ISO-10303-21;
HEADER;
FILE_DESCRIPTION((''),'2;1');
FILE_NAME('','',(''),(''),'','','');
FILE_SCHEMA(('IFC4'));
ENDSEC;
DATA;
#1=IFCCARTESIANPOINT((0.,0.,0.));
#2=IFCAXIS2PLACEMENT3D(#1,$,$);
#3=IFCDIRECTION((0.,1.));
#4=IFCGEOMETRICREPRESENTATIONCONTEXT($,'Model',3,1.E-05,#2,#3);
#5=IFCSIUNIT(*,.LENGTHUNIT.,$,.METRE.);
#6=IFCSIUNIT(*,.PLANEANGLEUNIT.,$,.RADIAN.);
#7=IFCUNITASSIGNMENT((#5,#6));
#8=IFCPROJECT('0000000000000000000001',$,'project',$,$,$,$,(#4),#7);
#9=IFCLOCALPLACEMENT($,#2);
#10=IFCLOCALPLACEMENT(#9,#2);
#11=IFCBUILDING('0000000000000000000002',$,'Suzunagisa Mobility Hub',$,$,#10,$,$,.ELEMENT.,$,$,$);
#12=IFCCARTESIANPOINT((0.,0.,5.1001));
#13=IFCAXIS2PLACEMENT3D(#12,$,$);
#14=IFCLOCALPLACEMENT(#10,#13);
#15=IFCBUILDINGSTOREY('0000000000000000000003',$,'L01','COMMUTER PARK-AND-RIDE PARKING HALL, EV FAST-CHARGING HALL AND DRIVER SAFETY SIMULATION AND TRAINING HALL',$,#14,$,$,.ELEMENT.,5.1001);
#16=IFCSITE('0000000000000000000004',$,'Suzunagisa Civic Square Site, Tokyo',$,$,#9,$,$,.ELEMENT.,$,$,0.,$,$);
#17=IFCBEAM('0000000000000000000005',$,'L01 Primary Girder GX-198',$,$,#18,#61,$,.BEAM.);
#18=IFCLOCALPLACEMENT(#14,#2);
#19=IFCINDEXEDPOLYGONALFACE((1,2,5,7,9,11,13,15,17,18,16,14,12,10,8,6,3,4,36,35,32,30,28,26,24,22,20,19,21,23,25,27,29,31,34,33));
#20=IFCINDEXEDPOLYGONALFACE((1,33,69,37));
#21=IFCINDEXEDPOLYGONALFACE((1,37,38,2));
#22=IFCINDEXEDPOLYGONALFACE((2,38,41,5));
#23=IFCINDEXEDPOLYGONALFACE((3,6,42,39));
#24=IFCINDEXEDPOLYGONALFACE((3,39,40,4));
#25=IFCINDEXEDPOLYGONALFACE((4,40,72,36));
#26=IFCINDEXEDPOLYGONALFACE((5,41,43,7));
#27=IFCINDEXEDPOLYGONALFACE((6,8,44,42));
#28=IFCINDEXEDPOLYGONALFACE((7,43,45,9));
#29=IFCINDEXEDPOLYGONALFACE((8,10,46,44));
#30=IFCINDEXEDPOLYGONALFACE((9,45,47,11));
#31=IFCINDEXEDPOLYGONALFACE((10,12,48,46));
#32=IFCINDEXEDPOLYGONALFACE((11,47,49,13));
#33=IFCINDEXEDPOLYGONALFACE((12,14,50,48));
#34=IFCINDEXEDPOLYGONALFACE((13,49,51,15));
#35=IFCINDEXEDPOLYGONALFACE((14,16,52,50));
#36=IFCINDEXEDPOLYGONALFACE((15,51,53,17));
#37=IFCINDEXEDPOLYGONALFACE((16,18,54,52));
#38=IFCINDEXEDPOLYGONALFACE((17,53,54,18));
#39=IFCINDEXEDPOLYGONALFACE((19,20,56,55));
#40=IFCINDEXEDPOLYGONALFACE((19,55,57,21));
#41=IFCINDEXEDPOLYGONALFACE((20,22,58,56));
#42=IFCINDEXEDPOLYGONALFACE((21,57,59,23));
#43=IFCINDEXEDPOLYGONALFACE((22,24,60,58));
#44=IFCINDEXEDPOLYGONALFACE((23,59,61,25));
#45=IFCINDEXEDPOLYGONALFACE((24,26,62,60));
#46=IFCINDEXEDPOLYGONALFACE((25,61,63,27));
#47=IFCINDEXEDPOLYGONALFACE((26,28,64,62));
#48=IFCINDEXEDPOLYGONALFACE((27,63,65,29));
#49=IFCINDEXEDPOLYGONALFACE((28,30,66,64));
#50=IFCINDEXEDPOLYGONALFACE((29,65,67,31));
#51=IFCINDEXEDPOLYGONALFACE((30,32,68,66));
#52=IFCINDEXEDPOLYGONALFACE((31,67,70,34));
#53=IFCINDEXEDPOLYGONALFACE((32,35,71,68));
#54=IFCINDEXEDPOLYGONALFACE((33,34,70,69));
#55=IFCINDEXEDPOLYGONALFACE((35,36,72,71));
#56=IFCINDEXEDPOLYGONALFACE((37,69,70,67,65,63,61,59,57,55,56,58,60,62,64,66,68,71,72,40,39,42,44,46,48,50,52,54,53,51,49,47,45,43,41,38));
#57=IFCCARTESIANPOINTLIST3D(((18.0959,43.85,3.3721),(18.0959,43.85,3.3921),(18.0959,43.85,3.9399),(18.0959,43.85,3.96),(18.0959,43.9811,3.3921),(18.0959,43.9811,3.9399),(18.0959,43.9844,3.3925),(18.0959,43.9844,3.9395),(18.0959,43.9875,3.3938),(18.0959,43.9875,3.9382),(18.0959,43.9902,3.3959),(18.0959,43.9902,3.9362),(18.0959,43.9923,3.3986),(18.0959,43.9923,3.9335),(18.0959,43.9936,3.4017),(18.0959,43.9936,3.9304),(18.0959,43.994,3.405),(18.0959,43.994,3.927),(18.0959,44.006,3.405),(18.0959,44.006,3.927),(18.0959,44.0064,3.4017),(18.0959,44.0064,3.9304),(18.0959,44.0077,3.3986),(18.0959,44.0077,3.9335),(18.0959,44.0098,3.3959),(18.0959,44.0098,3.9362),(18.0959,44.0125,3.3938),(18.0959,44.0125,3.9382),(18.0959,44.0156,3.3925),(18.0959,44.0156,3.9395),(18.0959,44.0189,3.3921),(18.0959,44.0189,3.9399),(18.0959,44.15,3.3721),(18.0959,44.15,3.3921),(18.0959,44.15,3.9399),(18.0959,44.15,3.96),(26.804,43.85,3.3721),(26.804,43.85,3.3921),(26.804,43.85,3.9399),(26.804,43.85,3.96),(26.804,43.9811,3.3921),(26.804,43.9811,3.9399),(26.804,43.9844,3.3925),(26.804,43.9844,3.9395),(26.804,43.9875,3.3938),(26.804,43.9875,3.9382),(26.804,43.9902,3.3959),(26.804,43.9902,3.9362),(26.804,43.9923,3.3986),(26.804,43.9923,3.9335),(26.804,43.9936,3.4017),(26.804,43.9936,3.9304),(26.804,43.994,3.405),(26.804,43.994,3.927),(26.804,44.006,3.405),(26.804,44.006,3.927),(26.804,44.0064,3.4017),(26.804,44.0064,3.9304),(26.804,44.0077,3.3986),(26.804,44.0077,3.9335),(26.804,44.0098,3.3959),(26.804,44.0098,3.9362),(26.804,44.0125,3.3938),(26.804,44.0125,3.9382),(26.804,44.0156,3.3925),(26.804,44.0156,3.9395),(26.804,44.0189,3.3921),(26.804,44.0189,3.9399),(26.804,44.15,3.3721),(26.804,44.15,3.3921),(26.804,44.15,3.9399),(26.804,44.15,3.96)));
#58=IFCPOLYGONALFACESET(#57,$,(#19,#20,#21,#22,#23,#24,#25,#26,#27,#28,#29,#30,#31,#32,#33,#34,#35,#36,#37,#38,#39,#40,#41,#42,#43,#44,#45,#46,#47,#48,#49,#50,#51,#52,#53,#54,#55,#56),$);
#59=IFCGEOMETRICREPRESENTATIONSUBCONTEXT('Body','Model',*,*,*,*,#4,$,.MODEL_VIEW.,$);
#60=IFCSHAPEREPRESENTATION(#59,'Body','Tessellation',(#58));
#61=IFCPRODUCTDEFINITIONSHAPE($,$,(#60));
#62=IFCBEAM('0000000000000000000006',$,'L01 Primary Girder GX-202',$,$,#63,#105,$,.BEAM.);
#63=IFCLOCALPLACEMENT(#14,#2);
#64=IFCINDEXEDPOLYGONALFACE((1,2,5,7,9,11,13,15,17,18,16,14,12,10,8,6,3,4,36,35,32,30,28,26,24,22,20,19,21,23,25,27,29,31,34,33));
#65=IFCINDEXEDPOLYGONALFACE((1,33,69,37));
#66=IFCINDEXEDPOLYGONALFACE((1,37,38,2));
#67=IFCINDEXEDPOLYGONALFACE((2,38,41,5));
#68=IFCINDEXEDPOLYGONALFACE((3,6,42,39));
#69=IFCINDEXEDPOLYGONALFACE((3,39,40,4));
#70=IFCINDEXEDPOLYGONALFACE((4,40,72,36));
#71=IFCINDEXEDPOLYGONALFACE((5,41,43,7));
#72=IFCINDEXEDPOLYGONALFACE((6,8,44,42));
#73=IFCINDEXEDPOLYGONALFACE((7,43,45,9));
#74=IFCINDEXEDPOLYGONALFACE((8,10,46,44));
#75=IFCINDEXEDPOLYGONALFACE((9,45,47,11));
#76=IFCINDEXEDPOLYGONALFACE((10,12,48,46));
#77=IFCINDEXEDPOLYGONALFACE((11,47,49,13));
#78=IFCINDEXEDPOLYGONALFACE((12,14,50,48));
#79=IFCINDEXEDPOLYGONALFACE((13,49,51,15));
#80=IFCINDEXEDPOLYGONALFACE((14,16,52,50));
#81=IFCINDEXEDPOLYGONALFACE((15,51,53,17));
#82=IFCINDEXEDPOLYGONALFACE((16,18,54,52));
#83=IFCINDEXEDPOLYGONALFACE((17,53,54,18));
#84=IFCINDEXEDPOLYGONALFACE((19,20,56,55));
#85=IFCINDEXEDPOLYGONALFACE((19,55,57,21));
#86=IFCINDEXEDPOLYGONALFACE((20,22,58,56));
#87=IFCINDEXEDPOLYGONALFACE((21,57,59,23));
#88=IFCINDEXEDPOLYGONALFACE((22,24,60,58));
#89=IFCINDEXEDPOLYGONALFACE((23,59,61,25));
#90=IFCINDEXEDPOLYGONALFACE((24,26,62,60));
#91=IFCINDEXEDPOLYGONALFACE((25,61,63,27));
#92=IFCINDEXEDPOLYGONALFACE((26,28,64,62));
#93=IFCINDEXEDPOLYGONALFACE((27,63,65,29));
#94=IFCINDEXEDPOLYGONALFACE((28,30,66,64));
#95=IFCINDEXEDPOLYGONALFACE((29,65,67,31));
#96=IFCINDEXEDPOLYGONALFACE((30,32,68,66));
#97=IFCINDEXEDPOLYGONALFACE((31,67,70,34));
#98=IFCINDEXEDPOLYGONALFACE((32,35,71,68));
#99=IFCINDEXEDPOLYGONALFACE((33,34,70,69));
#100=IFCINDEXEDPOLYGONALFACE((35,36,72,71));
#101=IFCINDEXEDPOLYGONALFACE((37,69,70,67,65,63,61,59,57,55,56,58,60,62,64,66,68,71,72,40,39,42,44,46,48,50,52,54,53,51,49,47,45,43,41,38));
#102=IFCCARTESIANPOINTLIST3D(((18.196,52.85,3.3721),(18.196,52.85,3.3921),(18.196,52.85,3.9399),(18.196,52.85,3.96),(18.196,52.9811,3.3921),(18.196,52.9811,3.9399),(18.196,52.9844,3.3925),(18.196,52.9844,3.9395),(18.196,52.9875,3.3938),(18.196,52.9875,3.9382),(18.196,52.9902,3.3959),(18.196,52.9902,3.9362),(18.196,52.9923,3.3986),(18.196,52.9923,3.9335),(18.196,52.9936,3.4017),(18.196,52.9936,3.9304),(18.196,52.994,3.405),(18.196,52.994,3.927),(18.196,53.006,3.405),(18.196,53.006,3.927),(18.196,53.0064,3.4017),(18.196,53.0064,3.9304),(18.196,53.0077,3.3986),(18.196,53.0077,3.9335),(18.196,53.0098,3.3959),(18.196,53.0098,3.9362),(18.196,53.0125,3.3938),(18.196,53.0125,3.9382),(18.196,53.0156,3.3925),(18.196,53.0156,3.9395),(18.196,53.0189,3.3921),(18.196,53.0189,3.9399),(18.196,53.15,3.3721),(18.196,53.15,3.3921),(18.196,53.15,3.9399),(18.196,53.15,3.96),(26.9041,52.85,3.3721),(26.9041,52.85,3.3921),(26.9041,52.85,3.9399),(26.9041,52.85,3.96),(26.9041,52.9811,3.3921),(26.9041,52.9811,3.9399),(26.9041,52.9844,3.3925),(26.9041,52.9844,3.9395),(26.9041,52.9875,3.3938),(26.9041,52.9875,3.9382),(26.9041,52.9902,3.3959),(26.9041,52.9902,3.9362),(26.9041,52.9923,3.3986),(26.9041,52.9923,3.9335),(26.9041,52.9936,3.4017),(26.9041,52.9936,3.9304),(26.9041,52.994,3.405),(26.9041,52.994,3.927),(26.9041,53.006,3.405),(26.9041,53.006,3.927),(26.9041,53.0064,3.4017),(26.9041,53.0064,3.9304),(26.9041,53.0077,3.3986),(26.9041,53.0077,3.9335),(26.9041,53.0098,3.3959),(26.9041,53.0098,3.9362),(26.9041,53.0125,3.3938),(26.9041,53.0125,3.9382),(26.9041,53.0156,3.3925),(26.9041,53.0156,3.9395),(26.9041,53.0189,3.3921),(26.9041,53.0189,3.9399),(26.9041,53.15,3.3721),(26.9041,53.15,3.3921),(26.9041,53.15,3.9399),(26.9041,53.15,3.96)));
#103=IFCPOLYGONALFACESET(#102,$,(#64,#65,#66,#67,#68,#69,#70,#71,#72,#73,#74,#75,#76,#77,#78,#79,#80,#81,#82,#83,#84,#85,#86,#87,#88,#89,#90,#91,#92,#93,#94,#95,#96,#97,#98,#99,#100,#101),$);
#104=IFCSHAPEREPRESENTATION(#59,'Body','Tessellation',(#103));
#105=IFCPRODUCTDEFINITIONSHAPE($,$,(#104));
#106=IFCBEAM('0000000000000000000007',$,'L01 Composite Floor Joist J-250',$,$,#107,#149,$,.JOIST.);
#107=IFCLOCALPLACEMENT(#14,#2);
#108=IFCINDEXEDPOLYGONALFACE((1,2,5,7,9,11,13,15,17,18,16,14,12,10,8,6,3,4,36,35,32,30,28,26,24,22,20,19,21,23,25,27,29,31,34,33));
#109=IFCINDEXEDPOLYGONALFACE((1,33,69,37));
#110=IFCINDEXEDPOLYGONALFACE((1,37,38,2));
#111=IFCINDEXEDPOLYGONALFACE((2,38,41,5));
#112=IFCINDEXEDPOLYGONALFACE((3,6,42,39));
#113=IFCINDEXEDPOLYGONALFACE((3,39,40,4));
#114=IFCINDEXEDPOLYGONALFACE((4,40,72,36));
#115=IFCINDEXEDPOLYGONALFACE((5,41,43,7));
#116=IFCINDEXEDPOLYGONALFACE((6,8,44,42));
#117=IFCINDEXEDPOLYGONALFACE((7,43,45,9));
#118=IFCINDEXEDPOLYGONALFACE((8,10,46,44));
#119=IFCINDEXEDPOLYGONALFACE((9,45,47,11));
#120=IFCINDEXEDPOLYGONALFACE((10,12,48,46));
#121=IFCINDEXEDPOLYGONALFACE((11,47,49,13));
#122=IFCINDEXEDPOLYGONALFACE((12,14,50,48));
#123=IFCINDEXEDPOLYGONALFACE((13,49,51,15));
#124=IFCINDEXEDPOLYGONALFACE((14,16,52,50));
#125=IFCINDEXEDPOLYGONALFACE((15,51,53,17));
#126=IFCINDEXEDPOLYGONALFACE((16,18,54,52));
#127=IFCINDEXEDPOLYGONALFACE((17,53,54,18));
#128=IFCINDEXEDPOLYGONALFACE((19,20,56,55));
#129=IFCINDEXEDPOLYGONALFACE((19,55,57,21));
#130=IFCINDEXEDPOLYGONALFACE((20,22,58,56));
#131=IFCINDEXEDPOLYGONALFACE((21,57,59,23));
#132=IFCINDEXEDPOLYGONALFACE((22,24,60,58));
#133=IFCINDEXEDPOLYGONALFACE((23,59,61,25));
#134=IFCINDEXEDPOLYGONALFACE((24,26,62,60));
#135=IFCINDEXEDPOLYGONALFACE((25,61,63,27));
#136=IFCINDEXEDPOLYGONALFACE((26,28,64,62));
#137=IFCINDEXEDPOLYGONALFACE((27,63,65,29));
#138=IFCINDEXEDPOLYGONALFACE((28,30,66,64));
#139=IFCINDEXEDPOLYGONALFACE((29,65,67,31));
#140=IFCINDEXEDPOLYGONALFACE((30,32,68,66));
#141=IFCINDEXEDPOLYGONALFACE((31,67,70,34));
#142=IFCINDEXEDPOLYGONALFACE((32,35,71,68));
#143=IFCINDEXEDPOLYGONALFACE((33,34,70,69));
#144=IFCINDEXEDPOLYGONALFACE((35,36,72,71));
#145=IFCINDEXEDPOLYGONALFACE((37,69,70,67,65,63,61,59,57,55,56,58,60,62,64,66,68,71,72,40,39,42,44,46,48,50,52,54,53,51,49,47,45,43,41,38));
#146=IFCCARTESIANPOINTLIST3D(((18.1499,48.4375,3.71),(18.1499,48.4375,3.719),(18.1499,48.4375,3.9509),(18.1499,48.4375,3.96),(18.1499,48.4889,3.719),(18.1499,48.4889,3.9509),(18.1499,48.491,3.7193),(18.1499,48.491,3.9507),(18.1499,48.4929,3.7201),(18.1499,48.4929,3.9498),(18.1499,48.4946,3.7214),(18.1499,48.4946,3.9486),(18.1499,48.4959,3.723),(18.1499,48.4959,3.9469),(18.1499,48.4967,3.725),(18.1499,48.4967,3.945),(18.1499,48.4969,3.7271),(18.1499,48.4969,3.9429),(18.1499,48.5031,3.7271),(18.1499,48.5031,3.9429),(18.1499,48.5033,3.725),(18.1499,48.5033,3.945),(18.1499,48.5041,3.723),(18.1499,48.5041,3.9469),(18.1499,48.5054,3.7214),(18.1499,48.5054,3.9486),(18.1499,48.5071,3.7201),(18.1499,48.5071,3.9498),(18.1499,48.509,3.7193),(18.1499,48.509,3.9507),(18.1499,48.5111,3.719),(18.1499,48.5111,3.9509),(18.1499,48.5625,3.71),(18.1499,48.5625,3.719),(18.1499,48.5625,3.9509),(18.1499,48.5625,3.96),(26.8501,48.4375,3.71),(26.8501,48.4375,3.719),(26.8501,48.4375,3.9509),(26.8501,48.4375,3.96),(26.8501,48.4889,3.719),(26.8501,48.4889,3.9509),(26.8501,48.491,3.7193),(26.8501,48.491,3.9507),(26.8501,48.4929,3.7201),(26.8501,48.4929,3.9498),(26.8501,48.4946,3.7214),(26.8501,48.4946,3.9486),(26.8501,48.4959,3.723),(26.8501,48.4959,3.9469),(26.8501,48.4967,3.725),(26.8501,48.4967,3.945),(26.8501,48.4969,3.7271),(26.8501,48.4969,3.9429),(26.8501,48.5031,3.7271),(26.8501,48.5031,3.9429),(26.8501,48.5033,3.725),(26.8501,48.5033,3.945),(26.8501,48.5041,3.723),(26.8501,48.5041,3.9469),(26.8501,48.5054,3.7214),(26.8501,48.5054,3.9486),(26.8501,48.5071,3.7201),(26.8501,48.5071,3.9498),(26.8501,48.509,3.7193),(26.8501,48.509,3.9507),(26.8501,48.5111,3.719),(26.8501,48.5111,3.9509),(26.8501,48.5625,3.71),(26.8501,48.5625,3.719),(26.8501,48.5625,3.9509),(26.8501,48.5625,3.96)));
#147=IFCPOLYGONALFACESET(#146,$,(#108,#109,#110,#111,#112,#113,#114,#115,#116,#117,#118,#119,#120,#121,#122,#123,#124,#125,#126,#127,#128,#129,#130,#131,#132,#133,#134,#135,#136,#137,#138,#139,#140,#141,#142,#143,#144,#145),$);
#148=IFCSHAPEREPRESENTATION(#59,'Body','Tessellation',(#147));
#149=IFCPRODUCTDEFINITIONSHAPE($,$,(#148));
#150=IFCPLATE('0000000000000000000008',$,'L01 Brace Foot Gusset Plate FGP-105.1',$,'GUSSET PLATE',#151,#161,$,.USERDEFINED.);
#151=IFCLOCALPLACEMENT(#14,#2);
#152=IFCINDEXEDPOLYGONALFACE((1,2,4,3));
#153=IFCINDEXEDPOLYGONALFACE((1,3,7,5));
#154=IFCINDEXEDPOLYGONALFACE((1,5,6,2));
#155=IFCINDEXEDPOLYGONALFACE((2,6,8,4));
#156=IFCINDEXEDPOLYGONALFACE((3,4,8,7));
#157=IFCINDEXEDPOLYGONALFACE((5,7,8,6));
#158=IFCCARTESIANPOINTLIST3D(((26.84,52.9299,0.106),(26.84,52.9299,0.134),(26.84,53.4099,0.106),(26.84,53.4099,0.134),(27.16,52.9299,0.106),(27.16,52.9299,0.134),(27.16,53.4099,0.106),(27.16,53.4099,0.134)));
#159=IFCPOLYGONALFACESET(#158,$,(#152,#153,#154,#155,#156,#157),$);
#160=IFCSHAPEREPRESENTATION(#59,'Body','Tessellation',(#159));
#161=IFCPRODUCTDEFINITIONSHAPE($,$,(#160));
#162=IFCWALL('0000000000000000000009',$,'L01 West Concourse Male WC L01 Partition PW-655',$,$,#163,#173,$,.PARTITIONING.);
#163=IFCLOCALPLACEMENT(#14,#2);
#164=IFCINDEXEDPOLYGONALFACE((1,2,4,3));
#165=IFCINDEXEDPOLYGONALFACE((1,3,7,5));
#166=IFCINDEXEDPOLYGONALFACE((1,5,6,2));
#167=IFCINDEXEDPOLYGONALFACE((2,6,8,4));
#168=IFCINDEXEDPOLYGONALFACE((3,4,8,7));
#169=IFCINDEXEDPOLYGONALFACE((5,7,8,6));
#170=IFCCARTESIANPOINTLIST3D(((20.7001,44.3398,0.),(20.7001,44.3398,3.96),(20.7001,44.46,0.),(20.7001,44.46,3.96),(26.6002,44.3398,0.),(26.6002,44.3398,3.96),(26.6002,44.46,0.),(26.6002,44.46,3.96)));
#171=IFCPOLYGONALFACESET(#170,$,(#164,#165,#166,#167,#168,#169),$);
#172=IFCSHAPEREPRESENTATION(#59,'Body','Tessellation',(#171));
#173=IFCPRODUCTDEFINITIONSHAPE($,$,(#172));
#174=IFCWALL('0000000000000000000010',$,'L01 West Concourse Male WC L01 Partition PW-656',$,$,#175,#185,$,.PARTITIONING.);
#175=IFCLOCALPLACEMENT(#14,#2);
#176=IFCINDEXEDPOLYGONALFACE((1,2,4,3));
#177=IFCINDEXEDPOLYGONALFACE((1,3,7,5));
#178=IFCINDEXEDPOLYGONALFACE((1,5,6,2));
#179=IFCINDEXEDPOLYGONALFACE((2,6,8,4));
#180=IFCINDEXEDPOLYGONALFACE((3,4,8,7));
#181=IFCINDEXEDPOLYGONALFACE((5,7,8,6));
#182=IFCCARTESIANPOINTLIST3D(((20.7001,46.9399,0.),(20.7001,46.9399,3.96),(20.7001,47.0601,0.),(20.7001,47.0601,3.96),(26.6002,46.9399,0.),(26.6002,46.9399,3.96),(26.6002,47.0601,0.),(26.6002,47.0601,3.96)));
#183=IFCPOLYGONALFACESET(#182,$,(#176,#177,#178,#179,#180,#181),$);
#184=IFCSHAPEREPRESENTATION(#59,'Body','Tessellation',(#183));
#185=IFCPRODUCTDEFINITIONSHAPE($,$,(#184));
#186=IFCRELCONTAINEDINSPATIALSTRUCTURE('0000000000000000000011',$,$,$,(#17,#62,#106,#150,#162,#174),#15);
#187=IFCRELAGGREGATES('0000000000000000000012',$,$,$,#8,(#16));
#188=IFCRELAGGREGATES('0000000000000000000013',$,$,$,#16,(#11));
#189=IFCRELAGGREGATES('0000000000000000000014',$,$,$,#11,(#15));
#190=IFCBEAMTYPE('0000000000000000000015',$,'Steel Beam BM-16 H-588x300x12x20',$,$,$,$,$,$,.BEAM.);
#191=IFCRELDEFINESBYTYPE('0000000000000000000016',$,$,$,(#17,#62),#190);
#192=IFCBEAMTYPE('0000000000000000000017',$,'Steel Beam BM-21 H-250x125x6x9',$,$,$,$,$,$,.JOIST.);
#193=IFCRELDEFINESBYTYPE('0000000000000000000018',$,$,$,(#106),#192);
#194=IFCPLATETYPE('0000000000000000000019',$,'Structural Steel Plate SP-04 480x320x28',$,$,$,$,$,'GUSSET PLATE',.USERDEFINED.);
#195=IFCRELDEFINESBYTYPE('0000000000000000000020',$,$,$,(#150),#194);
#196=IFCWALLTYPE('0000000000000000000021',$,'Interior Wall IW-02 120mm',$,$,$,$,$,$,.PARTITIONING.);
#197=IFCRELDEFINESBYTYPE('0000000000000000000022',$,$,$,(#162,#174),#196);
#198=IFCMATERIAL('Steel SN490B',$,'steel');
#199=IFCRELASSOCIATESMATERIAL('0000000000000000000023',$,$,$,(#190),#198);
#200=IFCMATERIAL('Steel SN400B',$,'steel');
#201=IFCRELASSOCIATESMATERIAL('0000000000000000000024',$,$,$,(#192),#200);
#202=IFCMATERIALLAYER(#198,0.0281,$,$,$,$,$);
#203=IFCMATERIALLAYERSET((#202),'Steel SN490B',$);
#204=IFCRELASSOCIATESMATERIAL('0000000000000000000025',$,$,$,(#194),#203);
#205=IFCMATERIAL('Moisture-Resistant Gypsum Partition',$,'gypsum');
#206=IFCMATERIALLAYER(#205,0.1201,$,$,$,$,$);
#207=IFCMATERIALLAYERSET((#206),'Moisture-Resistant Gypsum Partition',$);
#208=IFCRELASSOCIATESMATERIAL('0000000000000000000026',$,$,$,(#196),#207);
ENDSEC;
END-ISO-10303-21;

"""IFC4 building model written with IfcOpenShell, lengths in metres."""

from ifc_helpers import new_model, si_unit, direction, frame, frame_2d, origin, origin_2d, place, context, subcontext, project, spatial, rectangle, i_section, extrude, material, layer, layer_set, material_profile, profile_set, type_object, element, save


model = new_model("IFC4")

# Units and contexts
model_context = context("Model", 3, precision=1e-05, world=origin(), true_north=direction((0.0, 1.0)))
body_context = subcontext(model_context, "Body", "Model", "MODEL_VIEW")
ifc_project = project(units=[si_unit("LENGTHUNIT", "METRE"), si_unit("PLANEANGLEUNIT", "RADIAN")], contexts=[model_context])

# Site, building, storey
site_placement = place(None, origin())
site = spatial("IfcSite", under=ifc_project, at=site_placement, Name="Suzunagisa Civic Square Site, Tokyo", CompositionType="ELEMENT", RefElevation=0.0)
building_placement = place(site_placement, origin())
building = spatial("IfcBuilding", under=site, at=building_placement, Name="Suzunagisa Mobility Hub", CompositionType="ELEMENT")
storey_placement = place(building_placement, frame((0.0, 0.0, 5.1001)))
storey = spatial("IfcBuildingStorey", under=building, at=storey_placement, Name="L01", Description="COMMUTER PARK-AND-RIDE PARKING HALL, EV FAST-CHARGING HALL AND DRIVER SAFETY SIMULATION AND TRAINING HALL", CompositionType="ELEMENT", Elevation=5.1001)

# Shared definitions
ifc_material_1 = material(Name="Steel SN490B", Category="steel")

# Beams
ifc_material_profile_1 = material_profile(ifc_material_1, i_section(OverallWidth=0.3, OverallDepth=0.5879, WebThickness=0.012, FlangeThickness=0.02, FilletRadius=0.0129, at=origin_2d()), Name="H-588x300x12x20")
ifc_profile_set_1 = profile_set([ifc_material_profile_1], Name="Steel SN490B")
beam_type_1 = type_object("IfcBeamType", Name="Steel Beam BM-16 H-588x300x12x20", PredefinedType="BEAM", material=ifc_profile_set_1)
for number, where, z_axis, x_axis, name in (
    (1, (18.0959, 44.0, 3.666), (1.0, 0.0, 0.0), (0.0, 1.0, 0.0), "L01 Primary Girder GX-198"),
    (2, (18.196, 53.0, 3.666), (1.0, 0.0, 0.0), (0.0, 1.0, 0.0), "L01 Primary Girder GX-202"),
):
    element("IfcBeam", number, at=place(storey_placement, frame(where, z_axis=z_axis, x_axis=x_axis)), inside=storey, type_object=beam_type_1, Name=name, PredefinedType="BEAM", context=body_context, shape_type="SweptSolid", body=[
        extrude(i_section(OverallWidth=0.3, OverallDepth=0.5879, WebThickness=0.012, FlangeThickness=0.02, FilletRadius=0.0129, at=origin_2d()), origin(), (0.0, 0.0, 1.0), 8.708),
    ])
ifc_material_2 = material(Name="Steel SN400B", Category="steel")
ifc_material_profile_2 = material_profile(ifc_material_2, i_section(OverallWidth=0.125, OverallDepth=0.25, WebThickness=0.0061, FlangeThickness=0.009, FilletRadius=0.0081, at=origin_2d()), Name="H-250x125x6x9")
ifc_profile_set_2 = profile_set([ifc_material_profile_2], Name="Steel SN400B")
beam_type_2 = type_object("IfcBeamType", Name="Steel Beam BM-21 H-250x125x6x9", PredefinedType="JOIST", material=ifc_profile_set_2)
beam_placement = place(storey_placement, frame((18.1499, 48.5, 3.835), z_axis=(1.0, 0.0, 0.0), x_axis=(0.0, 1.0, 0.0)))
element("IfcBeam", 3, at=beam_placement, inside=storey, type_object=beam_type_2, Name="L01 Composite Floor Joist J-250", PredefinedType="JOIST", context=body_context, shape_type="SweptSolid", body=[
    extrude(i_section(OverallWidth=0.125, OverallDepth=0.25, WebThickness=0.0061, FlangeThickness=0.009, FilletRadius=0.0081, at=origin_2d()), origin(), (0.0, 0.0, 1.0), 8.7002),
])

# Plate
ifc_layer_1 = layer(ifc_material_1, 0.0281)
ifc_layer_set_1 = layer_set([ifc_layer_1], Name="Steel SN490B")
plate_type = type_object("IfcPlateType", Name="Structural Steel Plate SP-04 480x320x28", ElementType="GUSSET PLATE", PredefinedType="USERDEFINED", material=ifc_layer_set_1)
plate_placement = place(storey_placement, frame((27.0, 53.1699, 0.106), z_axis=(0.0, 0.0, 1.0), x_axis=(1.0, 0.0, 0.0)))
element("IfcPlate", 4, at=plate_placement, inside=storey, type_object=plate_type, Name="L01 Brace Foot Gusset Plate FGP-105.1", ObjectType="GUSSET PLATE", PredefinedType="USERDEFINED", context=body_context, shape_type="SweptSolid", body=[
    extrude(rectangle(XDim=0.3201, YDim=0.48, at=origin_2d()), origin(), (0.0, 0.0, 1.0), 0.0281),
])

# Walls
ifc_material_3 = material(Name="Moisture-Resistant Gypsum Partition", Category="gypsum")
ifc_layer_2 = layer(ifc_material_3, 0.1201)
ifc_layer_set_2 = layer_set([ifc_layer_2], Name="Moisture-Resistant Gypsum Partition")
wall_type_1 = type_object("IfcWallType", Name="Interior Wall IW-02 120mm", PredefinedType="PARTITIONING", material=ifc_layer_set_2)
for number, where, z_axis, x_axis, name in (
    (5, (20.7, 44.3999, 0.0), (0.0, 0.0, 1.0), (1.0, 0.0, 0.0), "L01 West Concourse Male WC L01 Partition PW-655"),
    (6, (20.7, 47.0, 0.0), (0.0, 0.0, 1.0), (1.0, 0.0, 0.0), "L01 West Concourse Male WC L01 Partition PW-656"),
):
    element("IfcWall", number, at=place(storey_placement, frame(where, z_axis=z_axis, x_axis=x_axis)), inside=storey, type_object=wall_type_1, Name=name, PredefinedType="PARTITIONING", context=body_context, shape_type="SweptSolid", body=[
        extrude(rectangle(XDim=5.9001, YDim=0.1201, at=frame_2d((2.9502, 0.0))), origin(), (0.0, 0.0, 1.0), 3.96),
    ])

save(model, "model.ifc")
